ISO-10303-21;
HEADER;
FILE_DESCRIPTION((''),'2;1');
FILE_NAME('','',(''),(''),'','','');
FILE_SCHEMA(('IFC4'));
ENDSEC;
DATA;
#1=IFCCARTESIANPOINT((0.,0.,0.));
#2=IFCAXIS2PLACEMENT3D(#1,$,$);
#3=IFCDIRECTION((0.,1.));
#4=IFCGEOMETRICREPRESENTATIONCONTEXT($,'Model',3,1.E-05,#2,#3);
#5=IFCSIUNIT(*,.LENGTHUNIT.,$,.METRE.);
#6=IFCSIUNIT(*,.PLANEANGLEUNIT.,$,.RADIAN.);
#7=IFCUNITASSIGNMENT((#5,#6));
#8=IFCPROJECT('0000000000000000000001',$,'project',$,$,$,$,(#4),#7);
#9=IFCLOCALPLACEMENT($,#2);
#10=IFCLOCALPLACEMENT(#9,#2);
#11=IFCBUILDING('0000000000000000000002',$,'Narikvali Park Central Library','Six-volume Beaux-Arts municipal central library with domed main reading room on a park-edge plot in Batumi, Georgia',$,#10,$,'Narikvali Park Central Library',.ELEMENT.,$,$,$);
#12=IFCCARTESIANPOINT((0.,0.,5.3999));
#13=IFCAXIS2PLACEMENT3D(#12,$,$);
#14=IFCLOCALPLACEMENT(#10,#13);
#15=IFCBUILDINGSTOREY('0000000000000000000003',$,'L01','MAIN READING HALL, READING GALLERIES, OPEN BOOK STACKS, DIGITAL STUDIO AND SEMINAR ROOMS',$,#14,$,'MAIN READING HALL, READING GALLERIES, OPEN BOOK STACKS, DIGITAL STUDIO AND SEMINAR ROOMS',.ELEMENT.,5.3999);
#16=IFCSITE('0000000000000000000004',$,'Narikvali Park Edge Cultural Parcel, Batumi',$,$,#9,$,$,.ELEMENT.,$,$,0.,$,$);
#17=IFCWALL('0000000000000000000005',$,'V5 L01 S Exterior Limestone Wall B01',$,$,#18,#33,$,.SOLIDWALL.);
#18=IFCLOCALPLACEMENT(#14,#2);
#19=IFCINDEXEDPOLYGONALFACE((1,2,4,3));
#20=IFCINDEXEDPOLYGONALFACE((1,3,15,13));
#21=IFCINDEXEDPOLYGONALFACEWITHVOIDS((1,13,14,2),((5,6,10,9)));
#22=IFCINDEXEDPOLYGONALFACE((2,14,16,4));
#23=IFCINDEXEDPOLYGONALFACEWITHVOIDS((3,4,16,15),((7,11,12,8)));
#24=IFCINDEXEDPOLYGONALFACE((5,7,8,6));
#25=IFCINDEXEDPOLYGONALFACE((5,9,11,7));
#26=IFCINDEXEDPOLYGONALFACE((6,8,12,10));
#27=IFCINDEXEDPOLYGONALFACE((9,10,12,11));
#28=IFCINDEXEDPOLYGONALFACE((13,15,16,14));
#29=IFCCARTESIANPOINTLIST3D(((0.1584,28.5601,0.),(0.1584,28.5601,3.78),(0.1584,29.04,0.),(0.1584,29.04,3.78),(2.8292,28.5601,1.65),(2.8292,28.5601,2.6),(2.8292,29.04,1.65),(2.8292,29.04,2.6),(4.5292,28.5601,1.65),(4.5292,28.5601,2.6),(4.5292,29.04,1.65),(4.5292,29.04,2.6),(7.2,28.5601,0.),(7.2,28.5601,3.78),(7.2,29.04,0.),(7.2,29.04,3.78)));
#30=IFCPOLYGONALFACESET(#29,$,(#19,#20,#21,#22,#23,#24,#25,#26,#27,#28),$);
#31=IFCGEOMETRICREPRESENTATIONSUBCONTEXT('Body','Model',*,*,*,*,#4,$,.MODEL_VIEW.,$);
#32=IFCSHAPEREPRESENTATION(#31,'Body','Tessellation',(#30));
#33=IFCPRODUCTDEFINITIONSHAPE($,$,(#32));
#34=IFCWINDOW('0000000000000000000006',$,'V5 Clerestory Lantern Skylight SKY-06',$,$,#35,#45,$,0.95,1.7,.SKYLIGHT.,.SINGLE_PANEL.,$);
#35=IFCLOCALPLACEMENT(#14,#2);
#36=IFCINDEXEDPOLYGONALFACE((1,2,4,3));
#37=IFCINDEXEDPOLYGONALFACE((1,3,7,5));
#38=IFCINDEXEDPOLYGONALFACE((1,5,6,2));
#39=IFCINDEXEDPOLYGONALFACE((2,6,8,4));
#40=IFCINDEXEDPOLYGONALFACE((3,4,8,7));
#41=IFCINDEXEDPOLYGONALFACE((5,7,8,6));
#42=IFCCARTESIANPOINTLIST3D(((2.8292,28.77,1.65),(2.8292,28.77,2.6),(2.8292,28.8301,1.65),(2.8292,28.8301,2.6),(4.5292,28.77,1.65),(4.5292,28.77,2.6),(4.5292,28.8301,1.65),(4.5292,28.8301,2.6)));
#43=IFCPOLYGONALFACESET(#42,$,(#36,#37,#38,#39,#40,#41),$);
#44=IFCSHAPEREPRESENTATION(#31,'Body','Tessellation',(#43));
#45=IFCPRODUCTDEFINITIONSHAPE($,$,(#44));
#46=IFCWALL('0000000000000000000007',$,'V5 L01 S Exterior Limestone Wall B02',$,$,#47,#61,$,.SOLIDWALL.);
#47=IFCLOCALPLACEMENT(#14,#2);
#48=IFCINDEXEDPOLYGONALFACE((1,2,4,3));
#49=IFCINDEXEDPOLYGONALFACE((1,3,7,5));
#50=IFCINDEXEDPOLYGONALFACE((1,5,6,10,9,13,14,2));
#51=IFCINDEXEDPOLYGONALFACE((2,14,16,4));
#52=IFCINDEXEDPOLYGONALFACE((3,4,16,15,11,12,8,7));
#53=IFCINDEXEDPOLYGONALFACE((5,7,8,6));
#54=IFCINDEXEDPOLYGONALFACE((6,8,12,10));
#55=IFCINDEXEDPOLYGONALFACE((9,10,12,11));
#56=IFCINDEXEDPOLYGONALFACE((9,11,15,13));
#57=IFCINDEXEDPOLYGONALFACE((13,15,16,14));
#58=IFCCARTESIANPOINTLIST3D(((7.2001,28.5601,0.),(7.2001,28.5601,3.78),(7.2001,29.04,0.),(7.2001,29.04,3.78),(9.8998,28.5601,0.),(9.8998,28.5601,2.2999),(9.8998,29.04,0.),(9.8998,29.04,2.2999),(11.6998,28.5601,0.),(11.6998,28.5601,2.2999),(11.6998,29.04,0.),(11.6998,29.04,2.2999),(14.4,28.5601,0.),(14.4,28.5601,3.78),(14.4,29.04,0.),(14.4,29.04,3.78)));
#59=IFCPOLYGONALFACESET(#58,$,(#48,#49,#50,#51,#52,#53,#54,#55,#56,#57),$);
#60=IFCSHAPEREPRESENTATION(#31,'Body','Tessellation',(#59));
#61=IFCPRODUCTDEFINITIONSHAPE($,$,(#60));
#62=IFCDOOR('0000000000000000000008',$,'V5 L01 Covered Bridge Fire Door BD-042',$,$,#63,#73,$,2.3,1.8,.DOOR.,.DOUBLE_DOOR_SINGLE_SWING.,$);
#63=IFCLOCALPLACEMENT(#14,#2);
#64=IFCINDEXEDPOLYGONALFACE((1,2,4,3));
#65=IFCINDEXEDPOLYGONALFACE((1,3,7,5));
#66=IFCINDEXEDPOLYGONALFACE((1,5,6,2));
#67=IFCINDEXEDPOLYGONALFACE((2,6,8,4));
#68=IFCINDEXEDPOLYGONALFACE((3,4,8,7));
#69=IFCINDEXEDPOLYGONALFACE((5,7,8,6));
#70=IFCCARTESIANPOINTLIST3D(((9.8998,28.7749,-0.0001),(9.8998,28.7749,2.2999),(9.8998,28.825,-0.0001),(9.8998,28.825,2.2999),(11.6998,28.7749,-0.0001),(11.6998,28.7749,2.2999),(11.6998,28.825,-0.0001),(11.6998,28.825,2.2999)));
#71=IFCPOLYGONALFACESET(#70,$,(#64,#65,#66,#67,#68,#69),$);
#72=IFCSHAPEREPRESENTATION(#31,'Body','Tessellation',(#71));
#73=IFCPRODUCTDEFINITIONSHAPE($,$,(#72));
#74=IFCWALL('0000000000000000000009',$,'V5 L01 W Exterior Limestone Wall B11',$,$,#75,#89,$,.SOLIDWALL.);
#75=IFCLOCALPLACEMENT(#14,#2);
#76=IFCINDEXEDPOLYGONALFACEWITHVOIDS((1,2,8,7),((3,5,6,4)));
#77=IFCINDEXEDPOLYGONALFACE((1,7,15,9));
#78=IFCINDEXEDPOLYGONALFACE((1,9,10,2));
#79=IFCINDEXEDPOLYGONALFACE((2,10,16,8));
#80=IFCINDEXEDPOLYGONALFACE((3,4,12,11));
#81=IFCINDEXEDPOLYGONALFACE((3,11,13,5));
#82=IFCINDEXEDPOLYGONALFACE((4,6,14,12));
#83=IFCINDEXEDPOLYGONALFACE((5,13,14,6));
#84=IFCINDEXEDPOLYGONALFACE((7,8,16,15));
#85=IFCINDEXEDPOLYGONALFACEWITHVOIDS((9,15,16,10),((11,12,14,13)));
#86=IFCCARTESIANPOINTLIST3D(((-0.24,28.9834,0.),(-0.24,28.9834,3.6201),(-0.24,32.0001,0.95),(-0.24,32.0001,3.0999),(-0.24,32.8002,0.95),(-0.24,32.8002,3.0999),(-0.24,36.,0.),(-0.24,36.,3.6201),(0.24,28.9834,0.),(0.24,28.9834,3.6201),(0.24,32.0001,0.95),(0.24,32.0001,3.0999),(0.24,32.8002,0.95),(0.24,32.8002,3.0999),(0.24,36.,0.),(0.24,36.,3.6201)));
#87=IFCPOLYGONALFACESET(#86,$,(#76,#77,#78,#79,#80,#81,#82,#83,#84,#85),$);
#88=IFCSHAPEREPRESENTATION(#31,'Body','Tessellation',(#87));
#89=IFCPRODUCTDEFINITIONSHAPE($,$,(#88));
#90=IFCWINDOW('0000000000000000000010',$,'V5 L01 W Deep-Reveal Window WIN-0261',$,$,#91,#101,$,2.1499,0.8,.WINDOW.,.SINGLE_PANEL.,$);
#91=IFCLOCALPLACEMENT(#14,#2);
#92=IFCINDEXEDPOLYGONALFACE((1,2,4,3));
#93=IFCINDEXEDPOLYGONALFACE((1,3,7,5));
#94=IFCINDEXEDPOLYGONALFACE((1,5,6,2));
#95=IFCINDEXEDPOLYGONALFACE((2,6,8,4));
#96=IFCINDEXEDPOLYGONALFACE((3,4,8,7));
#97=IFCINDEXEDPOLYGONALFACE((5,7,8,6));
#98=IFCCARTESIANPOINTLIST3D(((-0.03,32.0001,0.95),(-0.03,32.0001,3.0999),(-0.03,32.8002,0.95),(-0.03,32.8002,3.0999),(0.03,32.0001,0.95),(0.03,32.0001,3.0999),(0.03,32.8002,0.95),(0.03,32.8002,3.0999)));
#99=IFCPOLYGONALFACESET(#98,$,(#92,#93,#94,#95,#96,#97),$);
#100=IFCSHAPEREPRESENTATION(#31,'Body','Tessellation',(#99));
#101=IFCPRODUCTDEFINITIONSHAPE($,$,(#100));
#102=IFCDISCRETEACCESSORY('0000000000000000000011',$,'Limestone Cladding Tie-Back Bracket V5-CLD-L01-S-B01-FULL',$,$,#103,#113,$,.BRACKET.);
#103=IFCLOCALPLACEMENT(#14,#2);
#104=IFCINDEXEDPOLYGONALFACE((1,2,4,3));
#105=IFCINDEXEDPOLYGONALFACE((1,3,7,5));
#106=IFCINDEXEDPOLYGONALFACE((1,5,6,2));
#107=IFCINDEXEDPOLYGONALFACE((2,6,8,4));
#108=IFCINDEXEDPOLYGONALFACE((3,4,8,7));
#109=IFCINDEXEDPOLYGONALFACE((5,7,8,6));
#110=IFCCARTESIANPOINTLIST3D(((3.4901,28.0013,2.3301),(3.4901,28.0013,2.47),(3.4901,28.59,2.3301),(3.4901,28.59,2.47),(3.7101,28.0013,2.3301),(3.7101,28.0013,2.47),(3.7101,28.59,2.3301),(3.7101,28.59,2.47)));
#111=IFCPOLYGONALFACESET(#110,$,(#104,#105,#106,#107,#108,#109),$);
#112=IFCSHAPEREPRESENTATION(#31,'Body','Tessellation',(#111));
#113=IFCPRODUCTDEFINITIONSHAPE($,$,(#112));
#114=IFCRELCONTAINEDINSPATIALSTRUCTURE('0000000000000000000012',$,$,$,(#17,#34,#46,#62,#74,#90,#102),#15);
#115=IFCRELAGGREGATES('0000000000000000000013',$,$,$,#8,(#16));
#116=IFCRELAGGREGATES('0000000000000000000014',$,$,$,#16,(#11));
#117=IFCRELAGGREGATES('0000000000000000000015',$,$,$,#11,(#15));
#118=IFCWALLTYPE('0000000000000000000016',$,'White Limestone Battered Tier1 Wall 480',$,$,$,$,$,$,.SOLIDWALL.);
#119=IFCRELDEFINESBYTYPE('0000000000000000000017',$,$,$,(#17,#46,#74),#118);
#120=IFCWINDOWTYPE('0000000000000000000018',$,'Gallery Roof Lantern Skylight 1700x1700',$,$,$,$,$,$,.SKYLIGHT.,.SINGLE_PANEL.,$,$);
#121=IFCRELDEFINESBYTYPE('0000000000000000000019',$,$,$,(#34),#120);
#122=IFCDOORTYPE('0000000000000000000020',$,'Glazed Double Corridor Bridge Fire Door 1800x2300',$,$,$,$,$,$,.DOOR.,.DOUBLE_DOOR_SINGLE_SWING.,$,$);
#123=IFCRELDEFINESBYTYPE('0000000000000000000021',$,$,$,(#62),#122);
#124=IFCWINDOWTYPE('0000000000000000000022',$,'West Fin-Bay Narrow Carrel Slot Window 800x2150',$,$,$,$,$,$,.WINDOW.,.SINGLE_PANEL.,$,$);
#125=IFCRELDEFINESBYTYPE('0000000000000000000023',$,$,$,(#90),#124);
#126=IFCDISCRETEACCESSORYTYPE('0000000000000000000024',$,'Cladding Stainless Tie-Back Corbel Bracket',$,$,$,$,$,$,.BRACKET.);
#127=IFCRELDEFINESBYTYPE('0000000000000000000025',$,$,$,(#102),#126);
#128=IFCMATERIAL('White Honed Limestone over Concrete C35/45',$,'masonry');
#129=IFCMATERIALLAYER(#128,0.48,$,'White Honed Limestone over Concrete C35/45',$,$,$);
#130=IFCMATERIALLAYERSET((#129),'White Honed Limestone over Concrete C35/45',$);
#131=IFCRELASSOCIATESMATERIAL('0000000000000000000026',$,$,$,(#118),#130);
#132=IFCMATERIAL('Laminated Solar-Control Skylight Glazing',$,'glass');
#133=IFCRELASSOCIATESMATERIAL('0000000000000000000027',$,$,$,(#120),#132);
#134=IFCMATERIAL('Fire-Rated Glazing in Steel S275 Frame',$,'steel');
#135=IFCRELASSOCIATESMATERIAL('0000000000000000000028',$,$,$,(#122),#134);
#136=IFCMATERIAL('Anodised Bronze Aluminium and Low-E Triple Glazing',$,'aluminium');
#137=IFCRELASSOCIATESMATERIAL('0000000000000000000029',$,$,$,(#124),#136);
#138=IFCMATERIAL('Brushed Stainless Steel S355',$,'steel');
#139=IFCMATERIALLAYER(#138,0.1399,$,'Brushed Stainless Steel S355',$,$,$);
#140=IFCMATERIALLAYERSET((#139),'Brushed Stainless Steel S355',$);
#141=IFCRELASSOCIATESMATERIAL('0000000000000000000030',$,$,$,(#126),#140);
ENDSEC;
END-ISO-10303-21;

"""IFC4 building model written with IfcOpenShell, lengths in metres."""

from ifc_helpers import new_model, si_unit, direction, frame, frame_2d, origin, origin_2d, place, context, subcontext, project, spatial, rectangle, extrude, material, layer, layer_set, type_object, element, fill, save


model = new_model("IFC4")

# Units and contexts
model_context = context("Model", 3, precision=1e-05, world=origin(), true_north=direction((0.0, 1.0)))
body_context = subcontext(model_context, "Body", "Model", "MODEL_VIEW")
ifc_project = project(units=[si_unit("LENGTHUNIT", "METRE"), si_unit("PLANEANGLEUNIT", "RADIAN")], contexts=[model_context])

# Site, building, storey
site_placement = place(None, origin())
site = spatial("IfcSite", under=ifc_project, at=site_placement, Name="Narikvali Park Edge Cultural Parcel, Batumi", CompositionType="ELEMENT", RefElevation=0.0)
building_placement = place(site_placement, origin())
building = spatial("IfcBuilding", under=site, at=building_placement, Name="Narikvali Park Central Library", Description="Six-volume Beaux-Arts municipal central library with domed main reading room on a park-edge plot in Batumi, Georgia", LongName="Narikvali Park Central Library", CompositionType="ELEMENT")
storey_placement = place(building_placement, frame((0.0, 0.0, 5.3999)))
storey = spatial("IfcBuildingStorey", under=building, at=storey_placement, Name="L01", Description="MAIN READING HALL, READING GALLERIES, OPEN BOOK STACKS, DIGITAL STUDIO AND SEMINAR ROOMS", LongName="MAIN READING HALL, READING GALLERIES, OPEN BOOK STACKS, DIGITAL STUDIO AND SEMINAR ROOMS", CompositionType="ELEMENT", Elevation=5.3999)

# Wall, opening, window
ifc_material_1 = material(Name="White Honed Limestone over Concrete C35/45", Category="masonry")
ifc_layer_1 = layer(ifc_material_1, 0.48, Name="White Honed Limestone over Concrete C35/45")
ifc_layer_set_1 = layer_set([ifc_layer_1], Name="White Honed Limestone over Concrete C35/45")
wall_type_1 = type_object("IfcWallType", Name="White Limestone Battered Tier1 Wall 480", PredefinedType="SOLIDWALL", material=ifc_layer_set_1)
wall_1_placement = place(storey_placement, frame((0.1584, 28.8, 0.0), z_axis=(0.0, 0.0, 1.0), x_axis=(1.0, 0.0, 0.0)))
wall_1 = element("IfcWall", 1, at=wall_1_placement, inside=storey, type_object=wall_type_1, Name="V5 L01 S Exterior Limestone Wall B01", PredefinedType="SOLIDWALL", context=body_context, shape_type="SweptSolid", body=[
    extrude(rectangle(XDim=7.0415, YDim=0.48, at=frame_2d((3.5208, 0.0))), origin(), (0.0, 0.0, 1.0), 3.78),
])
opening_1_placement = place(wall_1_placement, frame((2.6707, 0.0, 1.6499)))
opening_1 = element("IfcOpeningElement", 2, at=opening_1_placement, cuts=wall_1, PredefinedType="OPENING", context=body_context, shape_type="SweptSolid", body=[
    extrude(rectangle(XDim=1.7, YDim=0.95, at=frame_2d((0.8501, 0.4751))), frame((0.0, 0.252, 0.0), z_axis=(0.0, -1.0, 0.0), x_axis=(1.0, 0.0, 0.0)), (0.0, 0.0, 1.0), 0.5039),
])
ifc_material_2 = material(Name="Laminated Solar-Control Skylight Glazing", Category="glass")
window_type_1 = type_object("IfcWindowType", Name="Gallery Roof Lantern Skylight 1700x1700", PartitioningType="SINGLE_PANEL", PredefinedType="SKYLIGHT", material=ifc_material_2)
window_1_placement = place(opening_1_placement, origin())
window_1 = element("IfcWindow", 3, at=window_1_placement, inside=storey, type_object=window_type_1, Name="V5 Clerestory Lantern Skylight SKY-06", OverallHeight=0.95, OverallWidth=1.7, PartitioningType="SINGLE_PANEL", PredefinedType="SKYLIGHT", context=body_context, shape_type="SweptSolid", body=[
    extrude(rectangle(XDim=1.7, YDim=0.95, at=frame_2d((0.8501, 0.4751))), frame((0.0, 0.03, 0.0), z_axis=(0.0, -1.0, 0.0), x_axis=(1.0, 0.0, 0.0)), (0.0, 0.0, 1.0), 0.0601),
])
fill(opening_1, window_1)

# Wall, opening, door
wall_2_placement = place(storey_placement, frame((7.2, 28.8, 0.0), z_axis=(0.0, 0.0, 1.0), x_axis=(1.0, 0.0, 0.0)))
wall_2 = element("IfcWall", 4, at=wall_2_placement, inside=storey, type_object=wall_type_1, Name="V5 L01 S Exterior Limestone Wall B02", PredefinedType="SOLIDWALL", context=body_context, shape_type="SweptSolid", body=[
    extrude(rectangle(XDim=7.2, YDim=0.48, at=frame_2d((3.6001, 0.0))), origin(), (0.0, 0.0, 1.0), 3.78),
])
opening_2_placement = place(wall_2_placement, frame((2.7, 0.0, 0.0)))
opening_2 = element("IfcOpeningElement", 5, at=opening_2_placement, cuts=wall_2, PredefinedType="OPENING", context=body_context, shape_type="SweptSolid", body=[
    extrude(rectangle(XDim=1.8, YDim=2.3, at=frame_2d((0.8999, 1.1499))), frame((0.0, 0.252, 0.0), z_axis=(0.0, -1.0, 0.0), x_axis=(1.0, 0.0, 0.0)), (0.0, 0.0, 1.0), 0.5039),
])
ifc_material_3 = material(Name="Fire-Rated Glazing in Steel S275 Frame", Category="steel")
door_type_1 = type_object("IfcDoorType", Name="Glazed Double Corridor Bridge Fire Door 1800x2300", OperationType="DOUBLE_DOOR_SINGLE_SWING", PredefinedType="DOOR", material=ifc_material_3)
door_1_placement = place(opening_2_placement, origin())
door_1 = element("IfcDoor", 6, at=door_1_placement, inside=storey, type_object=door_type_1, Name="V5 L01 Covered Bridge Fire Door BD-042", OperationType="DOUBLE_DOOR_SINGLE_SWING", OverallHeight=2.3, OverallWidth=1.8, PredefinedType="DOOR", context=body_context, shape_type="SweptSolid", body=[
    extrude(rectangle(XDim=1.8, YDim=2.3, at=frame_2d((0.8999, 1.1499))), frame((0.0, 0.0249, 0.0), z_axis=(0.0, -1.0, 0.0), x_axis=(1.0, 0.0, 0.0)), (0.0, 0.0, 1.0), 0.05),
])
fill(opening_2, door_1)

# Wall, opening, window
wall_3_placement = place(storey_placement, frame((0.0, 36.0, 0.0), z_axis=(0.0, 0.0, 1.0), x_axis=(0.0, -1.0, 0.0)))
wall_3 = element("IfcWall", 7, at=wall_3_placement, inside=storey, type_object=wall_type_1, Name="V5 L01 W Exterior Limestone Wall B11", PredefinedType="SOLIDWALL", context=body_context, shape_type="SweptSolid", body=[
    extrude(rectangle(XDim=7.0166, YDim=0.48, at=frame_2d((3.5083, 0.0))), origin(), (0.0, 0.0, 1.0), 3.6201),
])
opening_3_placement = place(wall_3_placement, frame((3.2, 0.0, 0.95)))
opening_3 = element("IfcOpeningElement", 8, at=opening_3_placement, cuts=wall_3, PredefinedType="OPENING", context=body_context, shape_type="SweptSolid", body=[
    extrude(rectangle(XDim=0.8, YDim=2.1499, at=frame_2d((0.3999, 1.075))), frame((0.0, 0.252, 0.0), z_axis=(0.0, -1.0, 0.0), x_axis=(1.0, 0.0, 0.0)), (0.0, 0.0, 1.0), 0.5039),
])
ifc_material_4 = material(Name="Anodised Bronze Aluminium and Low-E Triple Glazing", Category="aluminium")
window_type_2 = type_object("IfcWindowType", Name="West Fin-Bay Narrow Carrel Slot Window 800x2150", PartitioningType="SINGLE_PANEL", PredefinedType="WINDOW", material=ifc_material_4)
window_2_placement = place(opening_3_placement, origin())
window_2 = element("IfcWindow", 9, at=window_2_placement, inside=storey, type_object=window_type_2, Name="V5 L01 W Deep-Reveal Window WIN-0261", OverallHeight=2.1499, OverallWidth=0.8, PartitioningType="SINGLE_PANEL", PredefinedType="WINDOW", context=body_context, shape_type="SweptSolid", body=[
    extrude(rectangle(XDim=0.8, YDim=2.1499, at=frame_2d((0.3999, 1.075))), frame((0.0, 0.03, 0.0), z_axis=(0.0, -1.0, 0.0), x_axis=(1.0, 0.0, 0.0)), (0.0, 0.0, 1.0), 0.0601),
])
fill(opening_3, window_2)

# Discrete accessory
ifc_material_5 = material(Name="Brushed Stainless Steel S355", Category="steel")
ifc_layer_2 = layer(ifc_material_5, 0.1399, Name="Brushed Stainless Steel S355")
ifc_layer_set_2 = layer_set([ifc_layer_2], Name="Brushed Stainless Steel S355")
discrete_accessory_type = type_object("IfcDiscreteAccessoryType", Name="Cladding Stainless Tie-Back Corbel Bracket", PredefinedType="BRACKET", material=ifc_layer_set_2)
discrete_accessory_placement = place(storey_placement, frame((3.6001, 28.2957, 2.3301), z_axis=(0.0, 0.0, 1.0), x_axis=(1.0, 0.0, 0.0)))
element("IfcDiscreteAccessory", 10, at=discrete_accessory_placement, inside=storey, type_object=discrete_accessory_type, Name="Limestone Cladding Tie-Back Bracket V5-CLD-L01-S-B01-FULL", PredefinedType="BRACKET", context=body_context, shape_type="SweptSolid", body=[
    extrude(rectangle(XDim=0.22, YDim=0.5886, at=origin_2d()), origin(), (0.0, 0.0, 1.0), 0.1399),
])

save(model, "model.ifc")
